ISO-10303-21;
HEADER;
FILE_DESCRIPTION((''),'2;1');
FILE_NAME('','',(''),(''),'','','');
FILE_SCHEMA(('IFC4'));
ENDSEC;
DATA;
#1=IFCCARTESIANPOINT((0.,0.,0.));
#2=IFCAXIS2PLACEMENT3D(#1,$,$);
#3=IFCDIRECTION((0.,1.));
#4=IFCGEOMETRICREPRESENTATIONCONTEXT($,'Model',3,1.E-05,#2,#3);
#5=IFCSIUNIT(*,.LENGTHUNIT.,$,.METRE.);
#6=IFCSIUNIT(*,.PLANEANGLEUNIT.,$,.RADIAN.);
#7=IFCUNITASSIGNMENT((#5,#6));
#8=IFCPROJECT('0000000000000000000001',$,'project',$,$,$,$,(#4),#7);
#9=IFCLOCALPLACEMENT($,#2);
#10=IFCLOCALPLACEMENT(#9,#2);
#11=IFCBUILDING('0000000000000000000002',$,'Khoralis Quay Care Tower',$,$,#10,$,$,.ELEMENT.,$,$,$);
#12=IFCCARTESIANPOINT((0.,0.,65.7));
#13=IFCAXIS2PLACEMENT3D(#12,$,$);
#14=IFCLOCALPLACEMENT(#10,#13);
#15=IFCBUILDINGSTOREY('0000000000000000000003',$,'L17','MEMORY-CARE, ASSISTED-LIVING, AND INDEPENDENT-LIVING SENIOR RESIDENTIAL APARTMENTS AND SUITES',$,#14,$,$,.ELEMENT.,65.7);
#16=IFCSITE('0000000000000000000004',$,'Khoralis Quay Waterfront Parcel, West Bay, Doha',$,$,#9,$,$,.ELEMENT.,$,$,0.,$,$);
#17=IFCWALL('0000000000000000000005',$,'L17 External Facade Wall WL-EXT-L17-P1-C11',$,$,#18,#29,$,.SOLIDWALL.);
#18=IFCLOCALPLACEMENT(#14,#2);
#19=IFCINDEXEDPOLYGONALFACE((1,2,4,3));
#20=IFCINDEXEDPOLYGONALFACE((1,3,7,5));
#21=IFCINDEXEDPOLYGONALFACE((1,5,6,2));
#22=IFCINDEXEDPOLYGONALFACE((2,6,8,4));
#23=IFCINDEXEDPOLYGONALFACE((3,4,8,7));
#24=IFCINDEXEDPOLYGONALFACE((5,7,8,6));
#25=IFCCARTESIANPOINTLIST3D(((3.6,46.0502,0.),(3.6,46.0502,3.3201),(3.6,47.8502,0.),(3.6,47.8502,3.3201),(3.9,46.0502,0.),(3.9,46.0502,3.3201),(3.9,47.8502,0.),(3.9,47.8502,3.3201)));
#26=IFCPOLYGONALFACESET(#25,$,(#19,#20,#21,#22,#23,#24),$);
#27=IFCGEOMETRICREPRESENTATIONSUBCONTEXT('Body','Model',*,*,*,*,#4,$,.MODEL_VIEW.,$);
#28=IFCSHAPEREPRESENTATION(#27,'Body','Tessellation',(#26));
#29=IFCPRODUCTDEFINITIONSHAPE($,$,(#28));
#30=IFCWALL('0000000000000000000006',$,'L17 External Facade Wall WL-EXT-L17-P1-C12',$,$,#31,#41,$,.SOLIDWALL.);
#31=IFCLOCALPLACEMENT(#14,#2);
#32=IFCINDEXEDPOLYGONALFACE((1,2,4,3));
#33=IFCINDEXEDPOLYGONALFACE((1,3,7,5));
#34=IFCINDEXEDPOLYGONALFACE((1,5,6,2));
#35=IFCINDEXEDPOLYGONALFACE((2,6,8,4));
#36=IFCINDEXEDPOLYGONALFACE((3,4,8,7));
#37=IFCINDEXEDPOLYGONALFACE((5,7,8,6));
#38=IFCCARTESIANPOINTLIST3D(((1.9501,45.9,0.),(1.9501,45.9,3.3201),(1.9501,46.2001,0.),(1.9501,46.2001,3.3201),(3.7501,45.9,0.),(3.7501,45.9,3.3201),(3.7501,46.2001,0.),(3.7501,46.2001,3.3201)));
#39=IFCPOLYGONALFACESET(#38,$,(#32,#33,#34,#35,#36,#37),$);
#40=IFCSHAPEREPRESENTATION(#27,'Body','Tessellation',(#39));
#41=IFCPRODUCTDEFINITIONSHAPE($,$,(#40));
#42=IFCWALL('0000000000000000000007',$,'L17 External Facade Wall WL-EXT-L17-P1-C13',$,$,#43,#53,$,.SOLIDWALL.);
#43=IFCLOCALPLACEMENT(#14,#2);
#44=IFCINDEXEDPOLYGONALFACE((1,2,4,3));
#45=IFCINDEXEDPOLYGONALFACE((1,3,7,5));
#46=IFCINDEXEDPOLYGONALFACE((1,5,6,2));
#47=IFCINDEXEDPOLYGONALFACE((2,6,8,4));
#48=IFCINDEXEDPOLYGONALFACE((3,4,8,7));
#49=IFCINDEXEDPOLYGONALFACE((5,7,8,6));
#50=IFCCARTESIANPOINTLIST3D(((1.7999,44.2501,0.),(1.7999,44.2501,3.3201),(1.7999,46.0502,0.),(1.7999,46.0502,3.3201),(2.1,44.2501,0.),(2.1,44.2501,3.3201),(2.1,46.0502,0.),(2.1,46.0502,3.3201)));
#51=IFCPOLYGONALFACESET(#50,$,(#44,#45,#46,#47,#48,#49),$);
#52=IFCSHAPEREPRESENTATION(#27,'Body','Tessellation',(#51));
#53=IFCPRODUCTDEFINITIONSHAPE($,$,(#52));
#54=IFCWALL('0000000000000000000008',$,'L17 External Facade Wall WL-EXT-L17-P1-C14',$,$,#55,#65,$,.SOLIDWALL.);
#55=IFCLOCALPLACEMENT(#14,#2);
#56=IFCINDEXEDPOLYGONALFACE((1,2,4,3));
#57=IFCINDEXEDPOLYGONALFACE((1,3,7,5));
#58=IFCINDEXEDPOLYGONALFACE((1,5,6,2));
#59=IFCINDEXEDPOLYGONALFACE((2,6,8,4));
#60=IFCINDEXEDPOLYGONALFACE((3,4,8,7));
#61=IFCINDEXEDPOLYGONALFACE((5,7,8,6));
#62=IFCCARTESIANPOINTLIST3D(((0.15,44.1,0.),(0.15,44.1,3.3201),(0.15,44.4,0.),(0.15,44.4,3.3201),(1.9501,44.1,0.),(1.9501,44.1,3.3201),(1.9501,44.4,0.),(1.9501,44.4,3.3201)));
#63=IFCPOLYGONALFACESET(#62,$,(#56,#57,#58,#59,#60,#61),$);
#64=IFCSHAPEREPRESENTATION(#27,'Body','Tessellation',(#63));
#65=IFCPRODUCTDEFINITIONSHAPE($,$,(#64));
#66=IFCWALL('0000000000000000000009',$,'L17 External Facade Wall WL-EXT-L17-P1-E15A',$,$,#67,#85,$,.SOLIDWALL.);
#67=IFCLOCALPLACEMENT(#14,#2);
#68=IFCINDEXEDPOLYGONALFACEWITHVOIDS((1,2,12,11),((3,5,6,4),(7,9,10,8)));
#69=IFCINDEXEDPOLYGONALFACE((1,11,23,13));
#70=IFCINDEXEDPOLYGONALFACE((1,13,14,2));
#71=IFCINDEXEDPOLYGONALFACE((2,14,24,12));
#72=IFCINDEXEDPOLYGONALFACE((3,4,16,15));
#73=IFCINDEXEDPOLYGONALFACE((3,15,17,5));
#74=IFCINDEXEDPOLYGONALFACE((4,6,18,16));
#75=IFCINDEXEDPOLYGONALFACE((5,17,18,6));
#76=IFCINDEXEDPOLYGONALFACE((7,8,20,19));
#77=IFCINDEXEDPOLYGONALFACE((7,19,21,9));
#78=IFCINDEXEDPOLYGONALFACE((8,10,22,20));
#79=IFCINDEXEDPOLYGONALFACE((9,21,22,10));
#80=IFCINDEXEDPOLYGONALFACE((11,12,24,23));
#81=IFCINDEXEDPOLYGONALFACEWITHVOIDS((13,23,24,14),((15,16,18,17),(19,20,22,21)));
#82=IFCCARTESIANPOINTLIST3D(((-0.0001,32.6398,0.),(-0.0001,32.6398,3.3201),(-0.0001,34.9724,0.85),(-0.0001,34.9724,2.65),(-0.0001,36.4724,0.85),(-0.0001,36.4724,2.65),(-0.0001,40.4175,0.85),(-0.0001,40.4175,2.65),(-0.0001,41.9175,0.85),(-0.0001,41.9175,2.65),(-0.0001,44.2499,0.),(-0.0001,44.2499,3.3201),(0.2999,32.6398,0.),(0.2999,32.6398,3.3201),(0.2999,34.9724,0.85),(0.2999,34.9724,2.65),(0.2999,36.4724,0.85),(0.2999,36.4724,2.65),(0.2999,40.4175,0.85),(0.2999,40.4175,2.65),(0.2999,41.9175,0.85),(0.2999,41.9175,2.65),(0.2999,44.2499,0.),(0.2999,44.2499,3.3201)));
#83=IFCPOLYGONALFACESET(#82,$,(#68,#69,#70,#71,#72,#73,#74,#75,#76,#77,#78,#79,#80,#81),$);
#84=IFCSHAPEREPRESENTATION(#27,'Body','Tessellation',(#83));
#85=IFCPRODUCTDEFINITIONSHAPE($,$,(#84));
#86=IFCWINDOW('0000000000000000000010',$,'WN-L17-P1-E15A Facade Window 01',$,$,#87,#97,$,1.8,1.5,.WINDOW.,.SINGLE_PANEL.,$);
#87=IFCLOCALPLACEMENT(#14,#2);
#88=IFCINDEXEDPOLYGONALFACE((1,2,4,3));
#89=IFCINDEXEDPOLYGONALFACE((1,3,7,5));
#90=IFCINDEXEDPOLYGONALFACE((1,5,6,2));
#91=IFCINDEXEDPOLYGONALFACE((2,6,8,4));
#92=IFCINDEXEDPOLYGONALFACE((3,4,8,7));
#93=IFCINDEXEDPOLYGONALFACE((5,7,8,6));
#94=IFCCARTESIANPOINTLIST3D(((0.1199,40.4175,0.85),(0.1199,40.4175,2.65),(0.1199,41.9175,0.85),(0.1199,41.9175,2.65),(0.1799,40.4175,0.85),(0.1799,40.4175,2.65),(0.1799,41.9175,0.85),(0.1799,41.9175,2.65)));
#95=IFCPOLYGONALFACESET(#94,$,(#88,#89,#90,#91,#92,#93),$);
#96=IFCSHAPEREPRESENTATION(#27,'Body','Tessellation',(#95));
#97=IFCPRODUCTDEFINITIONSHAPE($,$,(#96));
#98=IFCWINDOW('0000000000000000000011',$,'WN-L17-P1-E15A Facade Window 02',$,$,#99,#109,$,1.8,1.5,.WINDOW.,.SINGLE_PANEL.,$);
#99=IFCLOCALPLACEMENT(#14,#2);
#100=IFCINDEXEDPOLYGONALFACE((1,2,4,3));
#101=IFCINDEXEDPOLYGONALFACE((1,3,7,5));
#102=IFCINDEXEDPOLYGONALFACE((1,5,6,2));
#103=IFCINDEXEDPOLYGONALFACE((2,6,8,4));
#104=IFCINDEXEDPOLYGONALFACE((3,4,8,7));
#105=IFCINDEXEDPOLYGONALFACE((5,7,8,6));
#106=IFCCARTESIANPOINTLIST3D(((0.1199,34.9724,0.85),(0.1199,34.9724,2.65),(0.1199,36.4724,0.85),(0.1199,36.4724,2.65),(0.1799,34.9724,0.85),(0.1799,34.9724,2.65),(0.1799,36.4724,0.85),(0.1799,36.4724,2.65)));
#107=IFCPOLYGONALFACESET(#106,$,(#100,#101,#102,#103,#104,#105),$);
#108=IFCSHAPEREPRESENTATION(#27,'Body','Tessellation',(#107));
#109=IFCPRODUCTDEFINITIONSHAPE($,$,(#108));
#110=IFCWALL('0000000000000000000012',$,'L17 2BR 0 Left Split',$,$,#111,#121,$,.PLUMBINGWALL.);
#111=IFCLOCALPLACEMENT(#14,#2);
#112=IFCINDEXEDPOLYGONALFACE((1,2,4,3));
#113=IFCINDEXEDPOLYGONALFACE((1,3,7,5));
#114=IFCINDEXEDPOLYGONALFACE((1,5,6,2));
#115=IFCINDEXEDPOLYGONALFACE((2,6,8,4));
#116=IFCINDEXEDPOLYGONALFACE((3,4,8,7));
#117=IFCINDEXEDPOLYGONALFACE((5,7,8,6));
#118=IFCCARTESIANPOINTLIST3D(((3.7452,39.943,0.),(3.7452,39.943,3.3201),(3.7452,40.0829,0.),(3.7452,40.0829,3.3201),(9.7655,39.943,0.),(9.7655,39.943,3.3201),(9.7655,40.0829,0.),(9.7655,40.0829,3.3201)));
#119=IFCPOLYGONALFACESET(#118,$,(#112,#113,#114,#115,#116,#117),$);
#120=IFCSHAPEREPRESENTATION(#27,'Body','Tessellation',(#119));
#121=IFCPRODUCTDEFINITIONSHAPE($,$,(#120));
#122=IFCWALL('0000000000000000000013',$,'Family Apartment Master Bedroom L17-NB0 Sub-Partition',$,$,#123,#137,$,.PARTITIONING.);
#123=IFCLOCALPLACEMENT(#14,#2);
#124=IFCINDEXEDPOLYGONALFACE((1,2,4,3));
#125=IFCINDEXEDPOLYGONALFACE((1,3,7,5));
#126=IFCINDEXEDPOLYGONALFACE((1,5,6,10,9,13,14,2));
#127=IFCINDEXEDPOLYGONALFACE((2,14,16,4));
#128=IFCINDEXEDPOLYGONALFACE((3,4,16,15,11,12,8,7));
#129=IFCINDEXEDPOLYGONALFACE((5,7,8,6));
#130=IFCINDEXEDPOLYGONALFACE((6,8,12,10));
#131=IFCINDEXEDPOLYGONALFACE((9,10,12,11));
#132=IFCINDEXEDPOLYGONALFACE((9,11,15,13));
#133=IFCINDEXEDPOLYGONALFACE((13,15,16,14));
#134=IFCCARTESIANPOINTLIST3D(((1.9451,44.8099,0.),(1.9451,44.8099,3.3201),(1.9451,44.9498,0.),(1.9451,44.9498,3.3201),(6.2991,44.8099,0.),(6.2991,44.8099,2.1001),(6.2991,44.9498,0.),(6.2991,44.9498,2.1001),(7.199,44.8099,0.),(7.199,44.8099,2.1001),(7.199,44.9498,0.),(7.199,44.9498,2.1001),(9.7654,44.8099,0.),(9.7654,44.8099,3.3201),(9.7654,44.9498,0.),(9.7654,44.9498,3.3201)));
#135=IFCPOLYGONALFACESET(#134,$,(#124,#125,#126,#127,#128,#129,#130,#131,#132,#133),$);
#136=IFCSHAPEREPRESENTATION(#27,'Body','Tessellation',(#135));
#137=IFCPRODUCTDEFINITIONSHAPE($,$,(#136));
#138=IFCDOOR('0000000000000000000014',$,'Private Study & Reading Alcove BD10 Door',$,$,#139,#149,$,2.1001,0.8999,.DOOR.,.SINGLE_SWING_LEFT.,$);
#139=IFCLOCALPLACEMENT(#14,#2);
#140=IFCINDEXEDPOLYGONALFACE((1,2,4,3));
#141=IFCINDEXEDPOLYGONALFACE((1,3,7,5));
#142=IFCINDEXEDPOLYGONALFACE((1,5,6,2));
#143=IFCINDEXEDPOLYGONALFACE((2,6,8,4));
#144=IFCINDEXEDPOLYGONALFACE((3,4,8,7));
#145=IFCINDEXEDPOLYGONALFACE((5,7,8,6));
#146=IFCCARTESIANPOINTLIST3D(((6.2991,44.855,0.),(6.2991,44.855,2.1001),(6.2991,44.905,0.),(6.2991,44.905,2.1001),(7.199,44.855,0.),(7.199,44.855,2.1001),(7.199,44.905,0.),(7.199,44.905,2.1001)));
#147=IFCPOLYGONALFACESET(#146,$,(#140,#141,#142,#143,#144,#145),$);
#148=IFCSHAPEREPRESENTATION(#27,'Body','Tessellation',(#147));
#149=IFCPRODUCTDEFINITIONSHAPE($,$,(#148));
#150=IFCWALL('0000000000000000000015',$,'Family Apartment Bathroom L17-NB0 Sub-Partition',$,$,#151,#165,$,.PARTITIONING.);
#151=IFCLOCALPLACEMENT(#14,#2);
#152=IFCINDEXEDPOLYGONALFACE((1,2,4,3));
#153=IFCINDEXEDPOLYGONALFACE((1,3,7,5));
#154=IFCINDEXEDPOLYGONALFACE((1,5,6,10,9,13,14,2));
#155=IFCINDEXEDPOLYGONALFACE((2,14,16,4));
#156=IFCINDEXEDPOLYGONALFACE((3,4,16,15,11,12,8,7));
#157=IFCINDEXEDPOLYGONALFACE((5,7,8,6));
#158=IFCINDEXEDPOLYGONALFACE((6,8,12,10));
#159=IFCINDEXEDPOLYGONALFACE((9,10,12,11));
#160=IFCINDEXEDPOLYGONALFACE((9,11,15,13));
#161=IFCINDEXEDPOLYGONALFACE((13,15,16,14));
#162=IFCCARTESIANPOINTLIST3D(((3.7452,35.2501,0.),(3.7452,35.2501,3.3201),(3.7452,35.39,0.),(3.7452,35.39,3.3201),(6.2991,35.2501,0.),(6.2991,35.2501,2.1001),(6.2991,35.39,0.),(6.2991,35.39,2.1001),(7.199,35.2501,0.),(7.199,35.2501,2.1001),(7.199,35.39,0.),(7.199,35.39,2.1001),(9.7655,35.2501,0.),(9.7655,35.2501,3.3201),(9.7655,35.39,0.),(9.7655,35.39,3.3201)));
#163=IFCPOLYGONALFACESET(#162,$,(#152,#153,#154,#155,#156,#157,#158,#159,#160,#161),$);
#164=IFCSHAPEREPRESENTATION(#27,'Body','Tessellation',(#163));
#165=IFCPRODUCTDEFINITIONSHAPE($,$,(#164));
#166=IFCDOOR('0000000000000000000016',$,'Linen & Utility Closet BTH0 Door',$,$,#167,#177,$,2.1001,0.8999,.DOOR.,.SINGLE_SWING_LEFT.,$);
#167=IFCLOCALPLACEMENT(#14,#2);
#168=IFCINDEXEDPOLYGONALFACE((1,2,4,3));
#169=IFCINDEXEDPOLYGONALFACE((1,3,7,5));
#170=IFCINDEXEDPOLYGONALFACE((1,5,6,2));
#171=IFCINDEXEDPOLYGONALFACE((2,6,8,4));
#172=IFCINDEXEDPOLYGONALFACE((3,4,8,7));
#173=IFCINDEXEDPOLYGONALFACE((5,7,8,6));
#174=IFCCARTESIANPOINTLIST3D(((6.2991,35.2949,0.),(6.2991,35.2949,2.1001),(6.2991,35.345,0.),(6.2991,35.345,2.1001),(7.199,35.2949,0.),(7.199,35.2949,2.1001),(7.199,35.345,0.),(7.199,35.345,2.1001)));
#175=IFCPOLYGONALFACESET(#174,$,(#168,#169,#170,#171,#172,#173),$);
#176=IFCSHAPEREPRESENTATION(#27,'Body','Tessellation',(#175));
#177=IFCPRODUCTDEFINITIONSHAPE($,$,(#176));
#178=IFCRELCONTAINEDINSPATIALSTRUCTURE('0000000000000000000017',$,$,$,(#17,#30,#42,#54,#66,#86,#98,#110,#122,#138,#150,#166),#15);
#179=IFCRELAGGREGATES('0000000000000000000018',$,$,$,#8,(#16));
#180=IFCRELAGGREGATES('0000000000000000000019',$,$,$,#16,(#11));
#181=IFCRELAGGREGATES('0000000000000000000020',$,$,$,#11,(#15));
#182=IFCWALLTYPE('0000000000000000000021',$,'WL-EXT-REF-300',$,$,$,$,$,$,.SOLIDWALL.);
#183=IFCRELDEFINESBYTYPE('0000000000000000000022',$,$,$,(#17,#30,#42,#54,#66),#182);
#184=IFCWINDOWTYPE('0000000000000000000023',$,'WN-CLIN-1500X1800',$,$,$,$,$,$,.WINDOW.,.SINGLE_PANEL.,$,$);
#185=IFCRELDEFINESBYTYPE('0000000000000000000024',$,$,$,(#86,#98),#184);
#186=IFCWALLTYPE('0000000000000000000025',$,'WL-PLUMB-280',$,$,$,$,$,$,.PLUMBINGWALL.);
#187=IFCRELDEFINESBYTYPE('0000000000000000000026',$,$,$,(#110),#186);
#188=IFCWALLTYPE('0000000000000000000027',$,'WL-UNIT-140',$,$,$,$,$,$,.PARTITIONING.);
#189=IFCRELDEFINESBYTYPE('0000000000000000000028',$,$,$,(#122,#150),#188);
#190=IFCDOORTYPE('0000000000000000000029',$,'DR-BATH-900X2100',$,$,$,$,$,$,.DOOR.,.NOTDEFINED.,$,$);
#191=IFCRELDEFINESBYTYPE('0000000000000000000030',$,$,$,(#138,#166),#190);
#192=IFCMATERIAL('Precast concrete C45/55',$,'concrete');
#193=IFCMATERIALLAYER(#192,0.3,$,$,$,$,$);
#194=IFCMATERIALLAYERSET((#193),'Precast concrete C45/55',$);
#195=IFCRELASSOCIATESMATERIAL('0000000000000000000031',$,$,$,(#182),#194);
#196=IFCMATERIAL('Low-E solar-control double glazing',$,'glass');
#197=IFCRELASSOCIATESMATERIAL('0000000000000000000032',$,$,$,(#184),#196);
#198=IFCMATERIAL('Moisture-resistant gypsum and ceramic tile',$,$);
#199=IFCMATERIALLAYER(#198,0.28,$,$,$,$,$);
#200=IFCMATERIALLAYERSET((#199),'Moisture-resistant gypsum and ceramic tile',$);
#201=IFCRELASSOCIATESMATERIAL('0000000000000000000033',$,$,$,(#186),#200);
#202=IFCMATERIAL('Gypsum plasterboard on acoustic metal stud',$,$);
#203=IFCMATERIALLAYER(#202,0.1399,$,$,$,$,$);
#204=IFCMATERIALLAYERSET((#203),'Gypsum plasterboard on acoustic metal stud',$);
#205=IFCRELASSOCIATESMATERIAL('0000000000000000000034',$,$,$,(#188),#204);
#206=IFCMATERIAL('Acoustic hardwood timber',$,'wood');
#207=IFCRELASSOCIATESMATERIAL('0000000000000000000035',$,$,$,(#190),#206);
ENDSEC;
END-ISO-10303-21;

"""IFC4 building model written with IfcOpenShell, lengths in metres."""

from ifc_helpers import new_model, si_unit, direction, frame, frame_2d, origin, place, context, subcontext, project, spatial, rectangle, extrude, source, transform, mapped, material, layer, layer_set, type_object, element, fill, save


model = new_model("IFC4")

# Units and contexts
model_context = context("Model", 3, precision=1e-05, world=origin(), true_north=direction((0.0, 1.0)))
body_context = subcontext(model_context, "Body", "Model", "MODEL_VIEW")
ifc_project = project(units=[si_unit("LENGTHUNIT", "METRE"), si_unit("PLANEANGLEUNIT", "RADIAN")], contexts=[model_context])

# Site, building, storey
site_placement = place(None, origin())
site = spatial("IfcSite", under=ifc_project, at=site_placement, Name="Khoralis Quay Waterfront Parcel, West Bay, Doha", CompositionType="ELEMENT", RefElevation=0.0)
building_placement = place(site_placement, origin())
building = spatial("IfcBuilding", under=site, at=building_placement, Name="Khoralis Quay Care Tower", CompositionType="ELEMENT")
storey_placement = place(building_placement, frame((0.0, 0.0, 65.7)))
storey = spatial("IfcBuildingStorey", under=building, at=storey_placement, Name="L17", Description="MEMORY-CARE, ASSISTED-LIVING, AND INDEPENDENT-LIVING SENIOR RESIDENTIAL APARTMENTS AND SUITES", CompositionType="ELEMENT", Elevation=65.7)

# Walls
ifc_material_1 = material(Name="Precast concrete C45/55", Category="concrete")
ifc_layer_1 = layer(ifc_material_1, 0.3)
ifc_layer_set_1 = layer_set([ifc_layer_1], Name="Precast concrete C45/55")
wall_type_1 = type_object("IfcWallType", Name="WL-EXT-REF-300", PredefinedType="SOLIDWALL", material=ifc_layer_set_1)
for number, where, z_axis, x_axis, name in (
    (1, (3.75, 47.8501, 0.0), (0.0, 0.0, 1.0), (0.0, -1.0, 0.0), "L17 External Facade Wall WL-EXT-L17-P1-C11"),
    (2, (3.75, 46.05, 0.0), (0.0, 0.0, 1.0), (-1.0, 0.0, 0.0), "L17 External Facade Wall WL-EXT-L17-P1-C12"),
    (3, (1.95, 46.05, 0.0), (0.0, 0.0, 1.0), (0.0, -1.0, 0.0), "L17 External Facade Wall WL-EXT-L17-P1-C13"),
    (4, (1.95, 44.25, 0.0), (0.0, 0.0, 1.0), (-1.0, 0.0, 0.0), "L17 External Facade Wall WL-EXT-L17-P1-C14"),
):
    element("IfcWall", number, at=place(storey_placement, frame(where, z_axis=z_axis, x_axis=x_axis)), inside=storey, type_object=wall_type_1, Name=name, PredefinedType="SOLIDWALL", context=body_context, shape_type="SweptSolid", body=[
        extrude(rectangle(XDim=1.8, YDim=0.3, at=frame_2d((0.8999, 0.0))), origin(), (0.0, 0.0, 1.0), 3.3201),
    ])

# Wall, openings, windows
wall_1_placement = place(storey_placement, frame((0.1499, 44.25, 0.0), z_axis=(0.0, 0.0, 1.0), x_axis=(0.0, -1.0, 0.0)))
wall_1 = element("IfcWall", 5, at=wall_1_placement, inside=storey, type_object=wall_type_1, Name="L17 External Facade Wall WL-EXT-L17-P1-E15A", PredefinedType="SOLIDWALL", context=body_context, shape_type="SweptSolid", body=[
    extrude(rectangle(XDim=11.6101, YDim=0.3, at=frame_2d((5.8052, 0.0))), origin(), (0.0, 0.0, 1.0), 3.3201),
])
opening_1_placement = place(wall_1_placement, frame((2.3325, 0.0, 0.8501)))
opening_1 = element("IfcOpeningElement", 6, at=opening_1_placement, cuts=wall_1, PredefinedType="OPENING", context=body_context, shape_type="SweptSolid", body=[
    extrude(rectangle(XDim=1.5, YDim=1.8, at=frame_2d((0.75, 0.8999))), frame((0.0, 0.1602, 0.0), z_axis=(0.0, -1.0, 0.0), x_axis=(1.0, 0.0, 0.0)), (0.0, 0.0, 1.0), 0.3201),
])
opening_2_placement = place(wall_1_placement, frame((7.7776, 0.0, 0.8501)))
opening_2 = element("IfcOpeningElement", 7, at=opening_2_placement, cuts=wall_1, PredefinedType="OPENING", context=body_context, shape_type="SweptSolid", body=[
    extrude(rectangle(XDim=1.5, YDim=1.8, at=frame_2d((0.75, 0.8999))), frame((0.0, 0.1602, 0.0), z_axis=(0.0, -1.0, 0.0), x_axis=(1.0, 0.0, 0.0)), (0.0, 0.0, 1.0), 0.3201),
])
ifc_material_2 = material(Name="Low-E solar-control double glazing", Category="glass")
window_type = type_object("IfcWindowType", Name="WN-CLIN-1500X1800", PartitioningType="SINGLE_PANEL", PredefinedType="WINDOW", material=ifc_material_2)
shared_shape_1 = source(origin(), body_context, "Body", "SweptSolid", [
    extrude(rectangle(XDim=1.5, YDim=1.8, at=frame_2d((0.75, 0.8999))), frame((0.0, 0.03, 0.0), z_axis=(0.0, -1.0, 0.0), x_axis=(1.0, 0.0, 0.0)), (0.0, 0.0, 1.0), 0.0601),
])
window_1_placement = place(opening_1_placement, origin())
window_1 = element("IfcWindow", 8, at=window_1_placement, inside=storey, type_object=window_type, Name="WN-L17-P1-E15A Facade Window 01", OverallHeight=1.8, OverallWidth=1.5, PartitioningType="SINGLE_PANEL", PredefinedType="WINDOW", context=body_context, shape_type="MappedRepresentation", body=[
    mapped(shared_shape_1, transform((0.0, 0.0, 0.0), scale=1.0)),
])
fill(opening_1, window_1)
window_2_placement = place(opening_2_placement, origin())
window_2 = element("IfcWindow", 9, at=window_2_placement, inside=storey, type_object=window_type, Name="WN-L17-P1-E15A Facade Window 02", OverallHeight=1.8, OverallWidth=1.5, PartitioningType="SINGLE_PANEL", PredefinedType="WINDOW", context=body_context, shape_type="MappedRepresentation", body=[
    mapped(shared_shape_1, transform((0.0, 0.0, 0.0), scale=1.0)),
])
fill(opening_2, window_2)

# Wall
ifc_material_3 = material(Name="Moisture-resistant gypsum and ceramic tile")
ifc_layer_2 = layer(ifc_material_3, 0.28)
ifc_layer_set_2 = layer_set([ifc_layer_2], Name="Moisture-resistant gypsum and ceramic tile")
wall_type_2 = type_object("IfcWallType", Name="WL-PLUMB-280", PredefinedType="PLUMBINGWALL", material=ifc_layer_set_2)
wall_2_placement = place(storey_placement, frame((3.7451, 40.0129, 0.0), z_axis=(0.0, 0.0, 1.0), x_axis=(1.0, 0.0, 0.0)))
element("IfcWall", 10, at=wall_2_placement, inside=storey, type_object=wall_type_2, Name="L17 2BR 0 Left Split", PredefinedType="PLUMBINGWALL", context=body_context, shape_type="SweptSolid", body=[
    extrude(rectangle(XDim=6.0203, YDim=0.1399, at=frame_2d((3.0103, 0.0))), origin(), (0.0, 0.0, 1.0), 3.3201),
])

# Walls, openings, doors
ifc_material_4 = material(Name="Gypsum plasterboard on acoustic metal stud")
ifc_layer_3 = layer(ifc_material_4, 0.1399)
ifc_layer_set_3 = layer_set([ifc_layer_3], Name="Gypsum plasterboard on acoustic metal stud")
wall_type_3 = type_object("IfcWallType", Name="WL-UNIT-140", PredefinedType="PARTITIONING", material=ifc_layer_set_3)
wall_3_placement = place(storey_placement, frame((1.9451, 44.8799, 0.0), z_axis=(0.0, 0.0, 1.0), x_axis=(1.0, 0.0, 0.0)))
wall_3 = element("IfcWall", 11, at=wall_3_placement, inside=storey, type_object=wall_type_3, Name="Family Apartment Master Bedroom L17-NB0 Sub-Partition", PredefinedType="PARTITIONING", context=body_context, shape_type="SweptSolid", body=[
    extrude(rectangle(XDim=7.8203, YDim=0.1399, at=frame_2d((3.9102, 0.0))), origin(), (0.0, 0.0, 1.0), 3.3201),
])
opening_3_placement = place(wall_3_placement, frame((4.354, 0.0, 0.0)))
opening_3 = element("IfcOpeningElement", 12, at=opening_3_placement, cuts=wall_3, PredefinedType="OPENING", context=body_context, shape_type="SweptSolid", body=[
    extrude(rectangle(XDim=0.8999, YDim=2.1001, at=frame_2d((0.45, 1.05))), frame((0.0, 0.0801, 0.0), z_axis=(0.0, -1.0, 0.0), x_axis=(1.0, 0.0, 0.0)), (0.0, 0.0, 1.0), 0.1599),
])
ifc_material_5 = material(Name="Acoustic hardwood timber", Category="wood")
door_type = type_object("IfcDoorType", Name="DR-BATH-900X2100", OperationType="NOTDEFINED", PredefinedType="DOOR", material=ifc_material_5)
shared_shape_2 = source(origin(), body_context, "Body", "SweptSolid", [
    extrude(rectangle(XDim=0.8999, YDim=2.1001, at=frame_2d((0.45, 1.05))), frame((0.0, 0.0249, 0.0), z_axis=(0.0, -1.0, 0.0), x_axis=(1.0, 0.0, 0.0)), (0.0, 0.0, 1.0), 0.05),
])
door_1_placement = place(opening_3_placement, frame((0.8999, 0.0, 0.0), z_axis=(0.0, 0.0, 1.0), x_axis=(-1.0, 0.0, 0.0)))
door_1 = element("IfcDoor", 13, at=door_1_placement, inside=storey, type_object=door_type, Name="Private Study & Reading Alcove BD10 Door", OperationType="SINGLE_SWING_LEFT", OverallHeight=2.1001, OverallWidth=0.8999, PredefinedType="DOOR", context=body_context, shape_type="MappedRepresentation", body=[
    mapped(shared_shape_2, transform((0.0, 0.0, 0.0), scale=1.0)),
])
fill(opening_3, door_1)
wall_4_placement = place(storey_placement, frame((3.7451, 35.3201, 0.0), z_axis=(0.0, 0.0, 1.0), x_axis=(1.0, 0.0, 0.0)))
wall_4 = element("IfcWall", 14, at=wall_4_placement, inside=storey, type_object=wall_type_3, Name="Family Apartment Bathroom L17-NB0 Sub-Partition", PredefinedType="PARTITIONING", context=body_context, shape_type="SweptSolid", body=[
    extrude(rectangle(XDim=6.0203, YDim=0.1399, at=frame_2d((3.0103, 0.0))), origin(), (0.0, 0.0, 1.0), 3.3201),
])
opening_4_placement = place(wall_4_placement, frame((2.554, 0.0, 0.0)))
opening_4 = element("IfcOpeningElement", 15, at=opening_4_placement, cuts=wall_4, PredefinedType="OPENING", context=body_context, shape_type="SweptSolid", body=[
    extrude(rectangle(XDim=0.8999, YDim=2.1001, at=frame_2d((0.45, 1.05))), frame((0.0, 0.0801, 0.0), z_axis=(0.0, -1.0, 0.0), x_axis=(1.0, 0.0, 0.0)), (0.0, 0.0, 1.0), 0.1599),
])
door_2_placement = place(opening_4_placement, origin())
door_2 = element("IfcDoor", 16, at=door_2_placement, inside=storey, type_object=door_type, Name="Linen & Utility Closet BTH0 Door", OperationType="SINGLE_SWING_LEFT", OverallHeight=2.1001, OverallWidth=0.8999, PredefinedType="DOOR", context=body_context, shape_type="MappedRepresentation", body=[
    mapped(shared_shape_2, transform((0.0, 0.0, 0.0), scale=1.0)),
])
fill(opening_4, door_2)

save(model, "model.ifc")
